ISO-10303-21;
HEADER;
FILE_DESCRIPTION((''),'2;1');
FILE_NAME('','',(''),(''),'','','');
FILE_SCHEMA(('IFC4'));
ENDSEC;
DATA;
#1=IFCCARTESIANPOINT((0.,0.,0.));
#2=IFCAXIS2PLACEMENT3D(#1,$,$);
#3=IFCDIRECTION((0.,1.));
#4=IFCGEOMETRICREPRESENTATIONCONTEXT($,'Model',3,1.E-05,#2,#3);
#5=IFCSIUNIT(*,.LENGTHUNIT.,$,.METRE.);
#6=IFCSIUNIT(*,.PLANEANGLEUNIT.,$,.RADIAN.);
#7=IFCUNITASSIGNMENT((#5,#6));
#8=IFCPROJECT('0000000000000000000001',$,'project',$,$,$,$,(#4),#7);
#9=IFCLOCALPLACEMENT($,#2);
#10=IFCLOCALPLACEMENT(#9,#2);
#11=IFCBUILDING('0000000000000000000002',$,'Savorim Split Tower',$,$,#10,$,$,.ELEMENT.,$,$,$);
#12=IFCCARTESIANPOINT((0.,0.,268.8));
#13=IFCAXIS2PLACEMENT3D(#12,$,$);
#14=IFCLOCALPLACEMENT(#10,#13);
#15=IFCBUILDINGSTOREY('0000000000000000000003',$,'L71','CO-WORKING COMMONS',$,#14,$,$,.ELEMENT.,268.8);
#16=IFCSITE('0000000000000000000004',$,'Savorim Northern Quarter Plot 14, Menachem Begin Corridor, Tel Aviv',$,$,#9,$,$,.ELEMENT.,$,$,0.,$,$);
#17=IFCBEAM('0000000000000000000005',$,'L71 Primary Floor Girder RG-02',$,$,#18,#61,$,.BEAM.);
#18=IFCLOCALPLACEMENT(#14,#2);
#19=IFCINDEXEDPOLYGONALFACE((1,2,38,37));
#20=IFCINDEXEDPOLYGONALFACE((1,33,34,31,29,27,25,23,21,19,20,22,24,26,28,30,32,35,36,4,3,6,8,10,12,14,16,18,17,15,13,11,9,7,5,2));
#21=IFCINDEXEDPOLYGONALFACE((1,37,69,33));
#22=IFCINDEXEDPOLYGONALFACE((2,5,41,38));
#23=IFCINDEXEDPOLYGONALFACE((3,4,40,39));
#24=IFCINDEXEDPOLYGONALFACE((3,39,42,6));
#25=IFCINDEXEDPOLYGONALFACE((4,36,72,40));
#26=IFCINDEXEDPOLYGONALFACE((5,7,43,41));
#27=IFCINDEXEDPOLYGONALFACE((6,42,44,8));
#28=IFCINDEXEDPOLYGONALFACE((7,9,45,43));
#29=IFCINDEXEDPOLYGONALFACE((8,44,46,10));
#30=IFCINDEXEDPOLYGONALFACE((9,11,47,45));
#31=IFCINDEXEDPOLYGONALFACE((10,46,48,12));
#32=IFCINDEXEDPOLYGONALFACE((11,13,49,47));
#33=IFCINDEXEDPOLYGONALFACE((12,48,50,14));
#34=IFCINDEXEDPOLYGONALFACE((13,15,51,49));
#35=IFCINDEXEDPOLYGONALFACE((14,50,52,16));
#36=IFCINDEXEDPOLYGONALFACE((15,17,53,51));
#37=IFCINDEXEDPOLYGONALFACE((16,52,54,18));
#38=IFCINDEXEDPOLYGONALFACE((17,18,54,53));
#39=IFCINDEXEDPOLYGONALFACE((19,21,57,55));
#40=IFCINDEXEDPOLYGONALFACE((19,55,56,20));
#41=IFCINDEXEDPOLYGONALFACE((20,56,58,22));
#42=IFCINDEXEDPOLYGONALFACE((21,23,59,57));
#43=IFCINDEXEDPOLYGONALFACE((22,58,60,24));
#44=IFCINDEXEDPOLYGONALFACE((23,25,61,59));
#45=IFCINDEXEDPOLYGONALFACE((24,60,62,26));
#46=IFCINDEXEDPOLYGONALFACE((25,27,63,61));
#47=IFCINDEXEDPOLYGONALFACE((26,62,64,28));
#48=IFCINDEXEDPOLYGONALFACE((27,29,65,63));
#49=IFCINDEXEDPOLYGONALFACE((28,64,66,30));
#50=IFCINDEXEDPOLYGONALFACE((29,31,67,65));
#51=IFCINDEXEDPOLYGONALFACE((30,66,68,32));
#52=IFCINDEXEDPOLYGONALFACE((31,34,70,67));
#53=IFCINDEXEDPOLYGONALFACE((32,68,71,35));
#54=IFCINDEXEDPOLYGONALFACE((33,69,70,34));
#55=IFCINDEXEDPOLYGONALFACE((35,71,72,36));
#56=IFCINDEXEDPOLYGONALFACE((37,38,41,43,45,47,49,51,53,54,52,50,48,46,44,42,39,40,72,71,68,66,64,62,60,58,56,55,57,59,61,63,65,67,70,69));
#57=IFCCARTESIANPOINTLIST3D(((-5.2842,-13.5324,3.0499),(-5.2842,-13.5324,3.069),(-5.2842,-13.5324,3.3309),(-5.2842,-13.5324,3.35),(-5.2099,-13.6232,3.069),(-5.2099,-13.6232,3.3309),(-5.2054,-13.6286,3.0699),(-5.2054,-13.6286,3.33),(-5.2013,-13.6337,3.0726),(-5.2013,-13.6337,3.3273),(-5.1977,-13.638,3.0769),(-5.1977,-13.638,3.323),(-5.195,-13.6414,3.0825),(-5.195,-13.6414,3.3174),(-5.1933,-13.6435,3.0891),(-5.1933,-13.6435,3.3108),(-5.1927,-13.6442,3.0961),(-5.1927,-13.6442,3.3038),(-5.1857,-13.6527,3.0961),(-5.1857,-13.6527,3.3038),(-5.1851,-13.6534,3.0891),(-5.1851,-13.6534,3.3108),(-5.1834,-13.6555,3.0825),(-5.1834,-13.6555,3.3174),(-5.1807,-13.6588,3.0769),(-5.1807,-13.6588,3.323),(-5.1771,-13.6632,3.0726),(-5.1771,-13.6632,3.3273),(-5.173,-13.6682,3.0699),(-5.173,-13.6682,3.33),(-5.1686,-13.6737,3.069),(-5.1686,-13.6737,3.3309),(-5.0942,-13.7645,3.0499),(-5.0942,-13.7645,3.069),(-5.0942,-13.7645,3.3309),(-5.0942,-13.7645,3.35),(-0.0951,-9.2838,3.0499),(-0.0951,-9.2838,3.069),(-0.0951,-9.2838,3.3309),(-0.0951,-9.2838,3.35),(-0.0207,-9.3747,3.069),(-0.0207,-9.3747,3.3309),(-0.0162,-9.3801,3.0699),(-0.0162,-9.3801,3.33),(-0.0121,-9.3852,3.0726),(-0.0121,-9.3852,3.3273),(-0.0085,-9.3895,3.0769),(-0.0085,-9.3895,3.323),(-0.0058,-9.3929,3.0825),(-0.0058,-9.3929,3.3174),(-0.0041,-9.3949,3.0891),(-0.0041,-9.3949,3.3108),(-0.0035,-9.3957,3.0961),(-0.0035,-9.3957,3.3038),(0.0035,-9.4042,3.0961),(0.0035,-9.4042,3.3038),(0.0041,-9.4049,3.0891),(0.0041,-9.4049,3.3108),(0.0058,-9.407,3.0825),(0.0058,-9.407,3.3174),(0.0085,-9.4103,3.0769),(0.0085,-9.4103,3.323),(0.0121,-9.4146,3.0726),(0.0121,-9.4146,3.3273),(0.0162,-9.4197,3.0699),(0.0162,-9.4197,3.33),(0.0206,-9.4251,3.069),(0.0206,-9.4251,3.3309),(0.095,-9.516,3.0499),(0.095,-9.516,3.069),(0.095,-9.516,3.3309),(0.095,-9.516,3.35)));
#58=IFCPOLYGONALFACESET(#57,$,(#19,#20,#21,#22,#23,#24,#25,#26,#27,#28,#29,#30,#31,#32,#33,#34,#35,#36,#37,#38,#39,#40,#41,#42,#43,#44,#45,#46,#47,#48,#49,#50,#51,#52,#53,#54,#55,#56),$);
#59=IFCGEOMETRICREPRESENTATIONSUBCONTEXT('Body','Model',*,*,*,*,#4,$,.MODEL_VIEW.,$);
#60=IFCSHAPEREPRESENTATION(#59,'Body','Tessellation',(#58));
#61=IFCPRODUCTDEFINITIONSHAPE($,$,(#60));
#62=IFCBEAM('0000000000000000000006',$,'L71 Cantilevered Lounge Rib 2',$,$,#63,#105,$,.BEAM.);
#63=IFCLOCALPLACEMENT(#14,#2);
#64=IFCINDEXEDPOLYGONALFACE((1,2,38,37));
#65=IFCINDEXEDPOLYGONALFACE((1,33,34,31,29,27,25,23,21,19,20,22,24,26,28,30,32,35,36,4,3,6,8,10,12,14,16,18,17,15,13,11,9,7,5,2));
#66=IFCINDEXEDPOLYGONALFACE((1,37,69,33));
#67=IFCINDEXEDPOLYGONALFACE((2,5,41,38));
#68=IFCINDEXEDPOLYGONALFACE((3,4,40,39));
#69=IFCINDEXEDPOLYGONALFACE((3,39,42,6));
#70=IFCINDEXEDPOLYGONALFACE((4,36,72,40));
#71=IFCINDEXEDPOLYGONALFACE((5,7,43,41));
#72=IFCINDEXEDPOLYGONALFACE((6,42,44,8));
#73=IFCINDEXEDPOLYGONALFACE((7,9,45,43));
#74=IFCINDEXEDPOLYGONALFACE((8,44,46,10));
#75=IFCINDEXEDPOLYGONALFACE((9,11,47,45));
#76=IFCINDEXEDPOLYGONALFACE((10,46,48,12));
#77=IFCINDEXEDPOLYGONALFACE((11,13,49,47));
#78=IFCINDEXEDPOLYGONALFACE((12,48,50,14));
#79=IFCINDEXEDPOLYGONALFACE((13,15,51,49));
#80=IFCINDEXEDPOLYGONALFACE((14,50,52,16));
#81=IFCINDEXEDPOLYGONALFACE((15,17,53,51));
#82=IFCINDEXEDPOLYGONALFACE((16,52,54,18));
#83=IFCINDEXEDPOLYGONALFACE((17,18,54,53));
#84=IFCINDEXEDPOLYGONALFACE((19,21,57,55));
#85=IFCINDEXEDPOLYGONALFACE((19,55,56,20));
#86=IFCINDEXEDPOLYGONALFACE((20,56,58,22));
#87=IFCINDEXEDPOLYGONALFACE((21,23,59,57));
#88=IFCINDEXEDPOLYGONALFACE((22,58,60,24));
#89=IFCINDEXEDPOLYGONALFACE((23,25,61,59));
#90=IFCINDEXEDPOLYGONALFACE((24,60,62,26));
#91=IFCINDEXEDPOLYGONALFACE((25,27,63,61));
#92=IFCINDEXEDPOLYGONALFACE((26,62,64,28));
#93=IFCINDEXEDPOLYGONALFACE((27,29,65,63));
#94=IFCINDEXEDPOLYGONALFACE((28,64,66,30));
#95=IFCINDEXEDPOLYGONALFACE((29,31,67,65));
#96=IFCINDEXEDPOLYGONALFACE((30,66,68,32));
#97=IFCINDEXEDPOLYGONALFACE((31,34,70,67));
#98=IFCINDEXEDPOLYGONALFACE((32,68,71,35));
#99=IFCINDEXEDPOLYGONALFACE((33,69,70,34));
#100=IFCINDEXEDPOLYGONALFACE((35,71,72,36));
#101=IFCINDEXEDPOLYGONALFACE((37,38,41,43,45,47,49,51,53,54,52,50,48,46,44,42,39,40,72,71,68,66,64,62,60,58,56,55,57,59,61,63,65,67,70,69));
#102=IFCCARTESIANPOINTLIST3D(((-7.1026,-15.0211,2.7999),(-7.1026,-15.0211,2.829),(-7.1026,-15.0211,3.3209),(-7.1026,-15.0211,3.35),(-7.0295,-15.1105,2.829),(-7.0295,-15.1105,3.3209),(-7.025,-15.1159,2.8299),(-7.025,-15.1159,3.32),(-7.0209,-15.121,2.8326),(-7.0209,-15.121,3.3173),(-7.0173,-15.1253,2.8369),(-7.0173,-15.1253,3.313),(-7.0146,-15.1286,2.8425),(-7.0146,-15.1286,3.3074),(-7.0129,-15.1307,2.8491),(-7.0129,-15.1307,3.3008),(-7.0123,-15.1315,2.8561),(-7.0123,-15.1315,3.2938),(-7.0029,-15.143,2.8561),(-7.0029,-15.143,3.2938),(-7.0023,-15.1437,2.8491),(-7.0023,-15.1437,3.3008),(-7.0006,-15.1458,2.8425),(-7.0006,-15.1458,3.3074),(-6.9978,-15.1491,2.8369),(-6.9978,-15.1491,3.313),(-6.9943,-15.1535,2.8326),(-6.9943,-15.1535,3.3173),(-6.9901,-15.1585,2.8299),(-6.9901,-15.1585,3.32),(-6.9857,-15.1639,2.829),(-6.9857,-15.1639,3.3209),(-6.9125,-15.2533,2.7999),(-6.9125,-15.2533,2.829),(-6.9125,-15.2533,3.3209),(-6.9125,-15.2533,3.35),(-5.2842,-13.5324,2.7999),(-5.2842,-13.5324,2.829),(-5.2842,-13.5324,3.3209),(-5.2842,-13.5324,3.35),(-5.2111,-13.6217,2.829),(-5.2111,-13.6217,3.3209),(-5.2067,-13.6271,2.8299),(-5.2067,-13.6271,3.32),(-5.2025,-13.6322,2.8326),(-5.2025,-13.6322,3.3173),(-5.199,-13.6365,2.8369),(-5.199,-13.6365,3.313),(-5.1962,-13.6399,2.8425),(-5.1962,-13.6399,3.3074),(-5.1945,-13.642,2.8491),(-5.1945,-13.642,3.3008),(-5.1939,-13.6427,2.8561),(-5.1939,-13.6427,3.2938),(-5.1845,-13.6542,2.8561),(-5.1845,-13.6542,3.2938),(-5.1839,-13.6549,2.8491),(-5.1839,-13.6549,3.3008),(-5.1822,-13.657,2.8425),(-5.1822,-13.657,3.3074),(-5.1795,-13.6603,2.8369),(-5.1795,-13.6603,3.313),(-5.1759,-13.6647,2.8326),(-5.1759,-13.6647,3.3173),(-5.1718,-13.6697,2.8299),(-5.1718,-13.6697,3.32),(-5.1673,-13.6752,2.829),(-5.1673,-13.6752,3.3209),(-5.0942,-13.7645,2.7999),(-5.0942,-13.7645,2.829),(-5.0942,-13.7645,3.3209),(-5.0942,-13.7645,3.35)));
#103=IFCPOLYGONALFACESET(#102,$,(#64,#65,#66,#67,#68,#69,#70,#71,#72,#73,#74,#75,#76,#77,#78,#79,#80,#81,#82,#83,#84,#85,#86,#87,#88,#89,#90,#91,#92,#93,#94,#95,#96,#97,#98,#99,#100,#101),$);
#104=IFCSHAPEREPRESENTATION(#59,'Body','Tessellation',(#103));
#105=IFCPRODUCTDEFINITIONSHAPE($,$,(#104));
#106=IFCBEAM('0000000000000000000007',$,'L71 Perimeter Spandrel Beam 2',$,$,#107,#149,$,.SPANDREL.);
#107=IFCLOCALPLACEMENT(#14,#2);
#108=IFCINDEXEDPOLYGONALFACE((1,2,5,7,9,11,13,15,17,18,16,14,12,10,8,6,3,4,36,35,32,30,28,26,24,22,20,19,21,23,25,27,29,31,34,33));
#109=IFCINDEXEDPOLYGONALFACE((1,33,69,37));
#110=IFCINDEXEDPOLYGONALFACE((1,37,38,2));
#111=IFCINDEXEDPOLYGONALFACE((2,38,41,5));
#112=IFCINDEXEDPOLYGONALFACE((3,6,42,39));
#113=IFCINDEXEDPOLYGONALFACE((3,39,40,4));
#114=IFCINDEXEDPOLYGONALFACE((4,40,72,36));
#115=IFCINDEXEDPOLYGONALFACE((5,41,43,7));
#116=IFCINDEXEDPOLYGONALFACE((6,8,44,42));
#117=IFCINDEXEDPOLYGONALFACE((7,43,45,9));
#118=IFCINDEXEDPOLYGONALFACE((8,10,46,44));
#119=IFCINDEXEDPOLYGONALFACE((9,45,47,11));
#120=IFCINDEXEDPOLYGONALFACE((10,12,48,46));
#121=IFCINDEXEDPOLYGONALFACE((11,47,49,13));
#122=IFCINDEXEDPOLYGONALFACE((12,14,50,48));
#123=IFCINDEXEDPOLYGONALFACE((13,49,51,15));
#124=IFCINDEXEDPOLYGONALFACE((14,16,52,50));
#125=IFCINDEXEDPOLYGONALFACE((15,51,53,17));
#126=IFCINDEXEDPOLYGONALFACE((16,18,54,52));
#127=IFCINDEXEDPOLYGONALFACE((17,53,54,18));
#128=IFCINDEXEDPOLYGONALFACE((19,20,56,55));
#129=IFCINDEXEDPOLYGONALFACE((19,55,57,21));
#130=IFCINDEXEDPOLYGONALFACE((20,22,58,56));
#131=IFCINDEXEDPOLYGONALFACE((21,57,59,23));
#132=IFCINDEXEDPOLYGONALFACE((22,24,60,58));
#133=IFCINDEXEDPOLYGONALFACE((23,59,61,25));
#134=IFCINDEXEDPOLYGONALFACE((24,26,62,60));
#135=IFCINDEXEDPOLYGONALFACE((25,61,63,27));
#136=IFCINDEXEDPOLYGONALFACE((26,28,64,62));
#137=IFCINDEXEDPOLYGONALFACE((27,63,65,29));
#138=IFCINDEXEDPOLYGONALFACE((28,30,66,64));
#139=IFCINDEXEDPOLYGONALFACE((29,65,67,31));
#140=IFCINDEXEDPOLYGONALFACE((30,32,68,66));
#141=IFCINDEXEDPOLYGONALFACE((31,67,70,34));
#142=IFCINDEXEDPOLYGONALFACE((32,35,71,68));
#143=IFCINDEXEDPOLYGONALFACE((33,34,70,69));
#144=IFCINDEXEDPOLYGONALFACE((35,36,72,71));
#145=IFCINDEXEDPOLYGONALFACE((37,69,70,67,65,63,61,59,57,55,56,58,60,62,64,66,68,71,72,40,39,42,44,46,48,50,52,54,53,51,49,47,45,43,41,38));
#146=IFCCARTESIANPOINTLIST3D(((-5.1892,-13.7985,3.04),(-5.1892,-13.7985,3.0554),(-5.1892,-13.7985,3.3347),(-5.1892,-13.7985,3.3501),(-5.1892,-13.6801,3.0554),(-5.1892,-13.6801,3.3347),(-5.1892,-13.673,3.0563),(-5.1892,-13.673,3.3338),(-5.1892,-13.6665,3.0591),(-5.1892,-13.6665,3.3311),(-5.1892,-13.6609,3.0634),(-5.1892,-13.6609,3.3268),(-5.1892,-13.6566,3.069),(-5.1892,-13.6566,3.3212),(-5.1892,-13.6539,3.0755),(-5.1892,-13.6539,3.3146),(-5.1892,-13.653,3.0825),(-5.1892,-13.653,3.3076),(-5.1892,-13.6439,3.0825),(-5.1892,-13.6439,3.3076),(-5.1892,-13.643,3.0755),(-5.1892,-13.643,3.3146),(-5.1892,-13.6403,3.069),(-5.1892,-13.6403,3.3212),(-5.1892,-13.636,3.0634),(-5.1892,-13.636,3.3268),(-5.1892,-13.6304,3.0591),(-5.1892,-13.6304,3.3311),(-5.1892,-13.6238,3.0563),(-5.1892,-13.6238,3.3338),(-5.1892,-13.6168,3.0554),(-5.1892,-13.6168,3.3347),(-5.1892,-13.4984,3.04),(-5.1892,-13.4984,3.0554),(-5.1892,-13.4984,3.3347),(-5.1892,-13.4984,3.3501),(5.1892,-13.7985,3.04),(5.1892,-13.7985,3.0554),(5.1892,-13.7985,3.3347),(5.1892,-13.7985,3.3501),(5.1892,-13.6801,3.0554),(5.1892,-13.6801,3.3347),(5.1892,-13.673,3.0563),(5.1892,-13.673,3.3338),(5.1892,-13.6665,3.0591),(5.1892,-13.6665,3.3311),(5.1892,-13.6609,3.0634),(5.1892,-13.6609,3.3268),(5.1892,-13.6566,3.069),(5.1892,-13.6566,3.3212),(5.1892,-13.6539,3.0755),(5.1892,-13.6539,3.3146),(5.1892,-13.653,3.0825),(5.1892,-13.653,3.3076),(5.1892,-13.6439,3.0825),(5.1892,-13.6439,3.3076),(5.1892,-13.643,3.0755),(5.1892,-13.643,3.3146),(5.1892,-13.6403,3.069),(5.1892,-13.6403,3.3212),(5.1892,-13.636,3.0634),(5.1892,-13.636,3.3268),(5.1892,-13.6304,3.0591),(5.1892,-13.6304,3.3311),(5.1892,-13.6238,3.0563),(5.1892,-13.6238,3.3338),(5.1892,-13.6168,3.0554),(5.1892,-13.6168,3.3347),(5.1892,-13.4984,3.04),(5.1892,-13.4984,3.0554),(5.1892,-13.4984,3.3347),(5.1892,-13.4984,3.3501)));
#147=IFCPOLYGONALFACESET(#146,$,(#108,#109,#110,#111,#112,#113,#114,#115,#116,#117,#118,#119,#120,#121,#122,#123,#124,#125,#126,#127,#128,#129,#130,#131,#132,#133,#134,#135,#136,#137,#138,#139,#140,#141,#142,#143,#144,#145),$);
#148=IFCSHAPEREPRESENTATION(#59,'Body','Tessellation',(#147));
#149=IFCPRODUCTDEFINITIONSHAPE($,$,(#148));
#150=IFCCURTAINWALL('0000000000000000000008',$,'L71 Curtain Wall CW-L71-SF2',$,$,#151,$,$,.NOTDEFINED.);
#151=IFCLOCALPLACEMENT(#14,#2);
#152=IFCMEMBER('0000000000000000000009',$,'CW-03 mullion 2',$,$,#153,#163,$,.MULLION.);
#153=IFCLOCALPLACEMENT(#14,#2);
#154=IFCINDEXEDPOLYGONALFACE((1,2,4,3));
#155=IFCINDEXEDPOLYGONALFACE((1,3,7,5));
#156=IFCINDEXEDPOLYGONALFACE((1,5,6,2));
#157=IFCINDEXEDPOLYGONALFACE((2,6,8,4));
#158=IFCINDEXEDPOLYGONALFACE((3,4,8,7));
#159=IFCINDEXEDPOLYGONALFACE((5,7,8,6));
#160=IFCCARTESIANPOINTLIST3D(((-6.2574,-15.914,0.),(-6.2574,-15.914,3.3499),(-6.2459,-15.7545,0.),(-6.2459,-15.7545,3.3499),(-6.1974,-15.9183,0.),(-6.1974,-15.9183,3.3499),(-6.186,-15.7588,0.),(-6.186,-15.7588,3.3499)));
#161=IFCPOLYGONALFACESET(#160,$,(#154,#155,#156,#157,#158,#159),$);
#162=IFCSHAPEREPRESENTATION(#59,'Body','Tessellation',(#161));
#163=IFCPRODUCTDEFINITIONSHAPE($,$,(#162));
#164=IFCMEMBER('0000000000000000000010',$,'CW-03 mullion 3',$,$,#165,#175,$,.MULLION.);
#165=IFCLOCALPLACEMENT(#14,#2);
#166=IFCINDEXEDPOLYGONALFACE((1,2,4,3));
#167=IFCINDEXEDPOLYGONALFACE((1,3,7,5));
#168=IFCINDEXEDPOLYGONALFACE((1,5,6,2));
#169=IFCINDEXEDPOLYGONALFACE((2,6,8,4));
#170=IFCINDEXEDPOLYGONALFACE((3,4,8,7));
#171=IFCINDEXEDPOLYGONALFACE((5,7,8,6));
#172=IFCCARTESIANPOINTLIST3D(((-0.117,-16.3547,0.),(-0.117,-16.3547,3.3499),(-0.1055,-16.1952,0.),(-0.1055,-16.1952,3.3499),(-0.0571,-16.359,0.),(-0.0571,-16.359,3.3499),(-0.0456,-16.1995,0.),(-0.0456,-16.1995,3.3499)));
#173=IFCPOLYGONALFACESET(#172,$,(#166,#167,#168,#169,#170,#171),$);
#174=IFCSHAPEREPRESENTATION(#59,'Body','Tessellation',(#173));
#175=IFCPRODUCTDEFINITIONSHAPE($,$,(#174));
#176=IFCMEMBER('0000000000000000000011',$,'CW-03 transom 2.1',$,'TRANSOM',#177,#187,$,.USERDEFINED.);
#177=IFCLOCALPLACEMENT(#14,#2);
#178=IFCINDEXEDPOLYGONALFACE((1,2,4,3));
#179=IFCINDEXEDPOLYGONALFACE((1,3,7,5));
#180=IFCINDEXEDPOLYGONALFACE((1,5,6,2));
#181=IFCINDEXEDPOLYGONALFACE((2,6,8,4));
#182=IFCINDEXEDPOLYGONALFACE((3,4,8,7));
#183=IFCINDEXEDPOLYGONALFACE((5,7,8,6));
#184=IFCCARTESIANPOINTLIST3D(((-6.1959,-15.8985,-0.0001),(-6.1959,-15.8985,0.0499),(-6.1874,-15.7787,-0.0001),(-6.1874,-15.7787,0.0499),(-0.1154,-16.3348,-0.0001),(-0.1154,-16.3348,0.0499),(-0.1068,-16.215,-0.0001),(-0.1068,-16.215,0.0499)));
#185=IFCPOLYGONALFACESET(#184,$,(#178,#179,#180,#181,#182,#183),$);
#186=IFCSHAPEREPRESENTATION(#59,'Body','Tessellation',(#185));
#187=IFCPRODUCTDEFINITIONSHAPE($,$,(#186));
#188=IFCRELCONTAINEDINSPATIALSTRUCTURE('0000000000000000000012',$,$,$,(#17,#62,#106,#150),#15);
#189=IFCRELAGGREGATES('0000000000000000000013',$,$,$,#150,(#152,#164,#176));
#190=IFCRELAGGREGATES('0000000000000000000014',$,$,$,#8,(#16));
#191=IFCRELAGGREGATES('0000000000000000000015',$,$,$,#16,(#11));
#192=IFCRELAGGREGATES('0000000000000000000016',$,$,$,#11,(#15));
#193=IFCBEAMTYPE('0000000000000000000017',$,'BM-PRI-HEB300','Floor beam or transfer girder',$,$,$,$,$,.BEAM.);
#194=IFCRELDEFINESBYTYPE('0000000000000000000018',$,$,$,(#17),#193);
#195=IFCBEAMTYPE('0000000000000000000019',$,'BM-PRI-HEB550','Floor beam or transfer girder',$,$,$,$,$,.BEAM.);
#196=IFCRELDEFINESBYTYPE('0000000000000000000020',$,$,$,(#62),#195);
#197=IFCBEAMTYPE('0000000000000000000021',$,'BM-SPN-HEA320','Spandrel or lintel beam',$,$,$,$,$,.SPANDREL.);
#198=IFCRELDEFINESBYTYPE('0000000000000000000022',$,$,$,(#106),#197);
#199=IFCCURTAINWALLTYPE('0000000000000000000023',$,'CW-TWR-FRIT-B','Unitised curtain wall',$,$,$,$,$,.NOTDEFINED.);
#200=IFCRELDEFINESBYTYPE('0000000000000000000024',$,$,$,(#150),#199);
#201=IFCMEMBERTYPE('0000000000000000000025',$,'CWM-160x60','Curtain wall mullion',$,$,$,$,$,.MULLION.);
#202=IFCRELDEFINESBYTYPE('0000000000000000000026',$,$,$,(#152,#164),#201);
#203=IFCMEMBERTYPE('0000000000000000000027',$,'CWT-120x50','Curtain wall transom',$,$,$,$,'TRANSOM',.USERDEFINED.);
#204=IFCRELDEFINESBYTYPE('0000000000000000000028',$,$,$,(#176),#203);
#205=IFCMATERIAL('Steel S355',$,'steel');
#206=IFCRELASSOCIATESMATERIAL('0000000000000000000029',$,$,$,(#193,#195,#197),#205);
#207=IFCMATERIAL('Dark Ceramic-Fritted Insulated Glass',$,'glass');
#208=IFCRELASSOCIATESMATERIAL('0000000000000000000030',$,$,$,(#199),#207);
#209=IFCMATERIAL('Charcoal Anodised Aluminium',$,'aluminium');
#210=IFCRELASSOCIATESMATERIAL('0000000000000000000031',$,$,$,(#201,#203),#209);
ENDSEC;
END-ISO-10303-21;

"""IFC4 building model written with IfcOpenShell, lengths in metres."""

from ifc_helpers import new_model, si_unit, direction, frame, origin, origin_2d, place, context, subcontext, project, spatial, rectangle, i_section, extrude, material, material_profile, profile_set, type_object, element, aggregate, save


model = new_model("IFC4")

# Units and contexts
model_context = context("Model", 3, precision=1e-05, world=origin(), true_north=direction((0.0, 1.0)))
body_context = subcontext(model_context, "Body", "Model", "MODEL_VIEW")
ifc_project = project(units=[si_unit("LENGTHUNIT", "METRE"), si_unit("PLANEANGLEUNIT", "RADIAN")], contexts=[model_context])

# Site, building, storey
site_placement = place(None, origin())
site = spatial("IfcSite", under=ifc_project, at=site_placement, Name="Savorim Northern Quarter Plot 14, Menachem Begin Corridor, Tel Aviv", CompositionType="ELEMENT", RefElevation=0.0)
building_placement = place(site_placement, origin())
building = spatial("IfcBuilding", under=site, at=building_placement, Name="Savorim Split Tower", CompositionType="ELEMENT")
storey_placement = place(building_placement, frame((0.0, 0.0, 268.8)))
storey = spatial("IfcBuildingStorey", under=building, at=storey_placement, Name="L71", Description="CO-WORKING COMMONS", CompositionType="ELEMENT", Elevation=268.8)

# Shared definitions
ifc_material_1 = material(Name="Steel S355", Category="steel")

# Beams
ifc_material_profile_1 = material_profile(ifc_material_1, i_section(OverallWidth=0.3, OverallDepth=0.3, WebThickness=0.011, FlangeThickness=0.019, FilletRadius=0.0271, at=origin_2d()), Name="HEB 300")
ifc_profile_set_1 = profile_set([ifc_material_profile_1], Name="Steel S355")
beam_type_1 = type_object("IfcBeamType", Name="BM-PRI-HEB300", Description="Floor beam or transfer girder", PredefinedType="BEAM", material=ifc_profile_set_1)
beam_1_placement = place(storey_placement, frame((-5.1892, -13.6484, 3.2), z_axis=(0.773751, 0.63349, 0.0), x_axis=(-0.63349, 0.773751, 0.0)))
element("IfcBeam", 1, at=beam_1_placement, inside=storey, type_object=beam_type_1, Name="L71 Primary Floor Girder RG-02", PredefinedType="BEAM", context=body_context, shape_type="SweptSolid", body=[
    extrude(i_section(OverallWidth=0.3, OverallDepth=0.3, WebThickness=0.011, FlangeThickness=0.019, FilletRadius=0.0271, at=origin_2d()), origin(), (0.0, 0.0, 1.0), 6.7065),
])
ifc_material_profile_2 = material_profile(ifc_material_1, i_section(OverallWidth=0.3, OverallDepth=0.55, WebThickness=0.0149, FlangeThickness=0.0291, FilletRadius=0.0271, at=origin_2d()), Name="HEB 550")
ifc_profile_set_2 = profile_set([ifc_material_profile_2], Name="Steel S355")
beam_type_2 = type_object("IfcBeamType", Name="BM-PRI-HEB550", Description="Floor beam or transfer girder", PredefinedType="BEAM", material=ifc_profile_set_2)
beam_2_placement = place(storey_placement, frame((-5.1892, -13.6484, 3.075), z_axis=(-0.773744, -0.633498, 0.0), x_axis=(0.633498, -0.773744, 0.0)))
element("IfcBeam", 2, at=beam_2_placement, inside=storey, type_object=beam_type_2, Name="L71 Cantilevered Lounge Rib 2", PredefinedType="BEAM", context=body_context, shape_type="SweptSolid", body=[
    extrude(i_section(OverallWidth=0.3, OverallDepth=0.55, WebThickness=0.0149, FlangeThickness=0.0291, FilletRadius=0.0271, at=origin_2d()), origin(), (0.0, 0.0, 1.0), 2.3501),
])
ifc_material_profile_3 = material_profile(ifc_material_1, i_section(OverallWidth=0.3, OverallDepth=0.3101, WebThickness=0.009, FlangeThickness=0.0154, FilletRadius=0.0271, at=origin_2d()), Name="HEA 320")
ifc_profile_set_3 = profile_set([ifc_material_profile_3], Name="Steel S355")
beam_type_3 = type_object("IfcBeamType", Name="BM-SPN-HEA320", Description="Spandrel or lintel beam", PredefinedType="SPANDREL", material=ifc_profile_set_3)
beam_3_placement = place(storey_placement, frame((-5.1892, -13.6484, 3.1951), z_axis=(1.0, 0.0, 0.0), x_axis=(0.0, 1.0, 0.0)))
element("IfcBeam", 3, at=beam_3_placement, inside=storey, type_object=beam_type_3, Name="L71 Perimeter Spandrel Beam 2", PredefinedType="SPANDREL", context=body_context, shape_type="SweptSolid", body=[
    extrude(i_section(OverallWidth=0.3, OverallDepth=0.3101, WebThickness=0.009, FlangeThickness=0.0154, FilletRadius=0.0271, at=origin_2d()), origin(), (0.0, 0.0, 1.0), 10.3784),
])

# Curtain wall, members
ifc_material_2 = material(Name="Dark Ceramic-Fritted Insulated Glass", Category="glass")
curtain_wall_type = type_object("IfcCurtainWallType", Name="CW-TWR-FRIT-B", Description="Unitised curtain wall", PredefinedType="NOTDEFINED", material=ifc_material_2)
curtain_wall_placement = place(storey_placement, origin())
curtain_wall = element("IfcCurtainWall", 4, at=curtain_wall_placement, inside=storey, type_object=curtain_wall_type, Name="L71 Curtain Wall CW-L71-SF2", PredefinedType="NOTDEFINED")
ifc_material_3 = material(Name="Charcoal Anodised Aluminium", Category="aluminium")
ifc_material_profile_4 = material_profile(ifc_material_3, rectangle(XDim=0.1599, YDim=0.0601, at=origin_2d()), Name="ALU-M 160x60")
ifc_profile_set_4 = profile_set([ifc_material_profile_4], Name="Charcoal Anodised Aluminium")
member_type_1 = type_object("IfcMemberType", Name="CWM-160x60", Description="Curtain wall mullion", PredefinedType="MULLION", material=ifc_profile_set_4)
member_1_placement = place(storey_placement, frame((-6.2217, -15.8364, 0.0), z_axis=(0.0, 0.0, 1.0), x_axis=(0.071562, 0.997436, 0.0)))
member_1 = element("IfcMember", 5, at=member_1_placement, type_object=member_type_1, Name="CW-03 mullion 2", PredefinedType="MULLION", context=body_context, shape_type="SweptSolid", body=[
    extrude(rectangle(XDim=0.1599, YDim=0.0601, at=origin_2d()), origin(), (0.0, 0.0, 1.0), 3.3499),
])
member_2_placement = place(storey_placement, frame((-0.0813, -16.2771, 0.0), z_axis=(0.0, 0.0, 1.0), x_axis=(0.071562, 0.997436, 0.0)))
member_2 = element("IfcMember", 6, at=member_2_placement, type_object=member_type_1, Name="CW-03 mullion 3", PredefinedType="MULLION", context=body_context, shape_type="SweptSolid", body=[
    extrude(rectangle(XDim=0.1599, YDim=0.0601, at=origin_2d()), origin(), (0.0, 0.0, 1.0), 3.3499),
])
ifc_material_profile_5 = material_profile(ifc_material_3, rectangle(XDim=0.1201, YDim=0.05, at=origin_2d()), Name="ALU-T 120x50")
ifc_profile_set_5 = profile_set([ifc_material_profile_5], Name="Charcoal Anodised Aluminium")
member_type_2 = type_object("IfcMemberType", Name="CWT-120x50", Description="Curtain wall transom", ElementType="TRANSOM", PredefinedType="USERDEFINED", material=ifc_profile_set_5)
member_3_placement = place(storey_placement, frame((-6.1917, -15.8386, 0.0249), z_axis=(0.997436, -0.071566, 0.0), x_axis=(0.071566, 0.997436, 0.0)))
member_3 = element("IfcMember", 7, at=member_3_placement, type_object=member_type_2, Name="CW-03 transom 2.1", ObjectType="TRANSOM", PredefinedType="USERDEFINED", context=body_context, shape_type="SweptSolid", body=[
    extrude(rectangle(XDim=0.1201, YDim=0.05, at=origin_2d()), origin(), (0.0, 0.0, 1.0), 6.0962),
])

aggregate(curtain_wall, [member_1, member_2, member_3])

save(model, "model.ifc")
